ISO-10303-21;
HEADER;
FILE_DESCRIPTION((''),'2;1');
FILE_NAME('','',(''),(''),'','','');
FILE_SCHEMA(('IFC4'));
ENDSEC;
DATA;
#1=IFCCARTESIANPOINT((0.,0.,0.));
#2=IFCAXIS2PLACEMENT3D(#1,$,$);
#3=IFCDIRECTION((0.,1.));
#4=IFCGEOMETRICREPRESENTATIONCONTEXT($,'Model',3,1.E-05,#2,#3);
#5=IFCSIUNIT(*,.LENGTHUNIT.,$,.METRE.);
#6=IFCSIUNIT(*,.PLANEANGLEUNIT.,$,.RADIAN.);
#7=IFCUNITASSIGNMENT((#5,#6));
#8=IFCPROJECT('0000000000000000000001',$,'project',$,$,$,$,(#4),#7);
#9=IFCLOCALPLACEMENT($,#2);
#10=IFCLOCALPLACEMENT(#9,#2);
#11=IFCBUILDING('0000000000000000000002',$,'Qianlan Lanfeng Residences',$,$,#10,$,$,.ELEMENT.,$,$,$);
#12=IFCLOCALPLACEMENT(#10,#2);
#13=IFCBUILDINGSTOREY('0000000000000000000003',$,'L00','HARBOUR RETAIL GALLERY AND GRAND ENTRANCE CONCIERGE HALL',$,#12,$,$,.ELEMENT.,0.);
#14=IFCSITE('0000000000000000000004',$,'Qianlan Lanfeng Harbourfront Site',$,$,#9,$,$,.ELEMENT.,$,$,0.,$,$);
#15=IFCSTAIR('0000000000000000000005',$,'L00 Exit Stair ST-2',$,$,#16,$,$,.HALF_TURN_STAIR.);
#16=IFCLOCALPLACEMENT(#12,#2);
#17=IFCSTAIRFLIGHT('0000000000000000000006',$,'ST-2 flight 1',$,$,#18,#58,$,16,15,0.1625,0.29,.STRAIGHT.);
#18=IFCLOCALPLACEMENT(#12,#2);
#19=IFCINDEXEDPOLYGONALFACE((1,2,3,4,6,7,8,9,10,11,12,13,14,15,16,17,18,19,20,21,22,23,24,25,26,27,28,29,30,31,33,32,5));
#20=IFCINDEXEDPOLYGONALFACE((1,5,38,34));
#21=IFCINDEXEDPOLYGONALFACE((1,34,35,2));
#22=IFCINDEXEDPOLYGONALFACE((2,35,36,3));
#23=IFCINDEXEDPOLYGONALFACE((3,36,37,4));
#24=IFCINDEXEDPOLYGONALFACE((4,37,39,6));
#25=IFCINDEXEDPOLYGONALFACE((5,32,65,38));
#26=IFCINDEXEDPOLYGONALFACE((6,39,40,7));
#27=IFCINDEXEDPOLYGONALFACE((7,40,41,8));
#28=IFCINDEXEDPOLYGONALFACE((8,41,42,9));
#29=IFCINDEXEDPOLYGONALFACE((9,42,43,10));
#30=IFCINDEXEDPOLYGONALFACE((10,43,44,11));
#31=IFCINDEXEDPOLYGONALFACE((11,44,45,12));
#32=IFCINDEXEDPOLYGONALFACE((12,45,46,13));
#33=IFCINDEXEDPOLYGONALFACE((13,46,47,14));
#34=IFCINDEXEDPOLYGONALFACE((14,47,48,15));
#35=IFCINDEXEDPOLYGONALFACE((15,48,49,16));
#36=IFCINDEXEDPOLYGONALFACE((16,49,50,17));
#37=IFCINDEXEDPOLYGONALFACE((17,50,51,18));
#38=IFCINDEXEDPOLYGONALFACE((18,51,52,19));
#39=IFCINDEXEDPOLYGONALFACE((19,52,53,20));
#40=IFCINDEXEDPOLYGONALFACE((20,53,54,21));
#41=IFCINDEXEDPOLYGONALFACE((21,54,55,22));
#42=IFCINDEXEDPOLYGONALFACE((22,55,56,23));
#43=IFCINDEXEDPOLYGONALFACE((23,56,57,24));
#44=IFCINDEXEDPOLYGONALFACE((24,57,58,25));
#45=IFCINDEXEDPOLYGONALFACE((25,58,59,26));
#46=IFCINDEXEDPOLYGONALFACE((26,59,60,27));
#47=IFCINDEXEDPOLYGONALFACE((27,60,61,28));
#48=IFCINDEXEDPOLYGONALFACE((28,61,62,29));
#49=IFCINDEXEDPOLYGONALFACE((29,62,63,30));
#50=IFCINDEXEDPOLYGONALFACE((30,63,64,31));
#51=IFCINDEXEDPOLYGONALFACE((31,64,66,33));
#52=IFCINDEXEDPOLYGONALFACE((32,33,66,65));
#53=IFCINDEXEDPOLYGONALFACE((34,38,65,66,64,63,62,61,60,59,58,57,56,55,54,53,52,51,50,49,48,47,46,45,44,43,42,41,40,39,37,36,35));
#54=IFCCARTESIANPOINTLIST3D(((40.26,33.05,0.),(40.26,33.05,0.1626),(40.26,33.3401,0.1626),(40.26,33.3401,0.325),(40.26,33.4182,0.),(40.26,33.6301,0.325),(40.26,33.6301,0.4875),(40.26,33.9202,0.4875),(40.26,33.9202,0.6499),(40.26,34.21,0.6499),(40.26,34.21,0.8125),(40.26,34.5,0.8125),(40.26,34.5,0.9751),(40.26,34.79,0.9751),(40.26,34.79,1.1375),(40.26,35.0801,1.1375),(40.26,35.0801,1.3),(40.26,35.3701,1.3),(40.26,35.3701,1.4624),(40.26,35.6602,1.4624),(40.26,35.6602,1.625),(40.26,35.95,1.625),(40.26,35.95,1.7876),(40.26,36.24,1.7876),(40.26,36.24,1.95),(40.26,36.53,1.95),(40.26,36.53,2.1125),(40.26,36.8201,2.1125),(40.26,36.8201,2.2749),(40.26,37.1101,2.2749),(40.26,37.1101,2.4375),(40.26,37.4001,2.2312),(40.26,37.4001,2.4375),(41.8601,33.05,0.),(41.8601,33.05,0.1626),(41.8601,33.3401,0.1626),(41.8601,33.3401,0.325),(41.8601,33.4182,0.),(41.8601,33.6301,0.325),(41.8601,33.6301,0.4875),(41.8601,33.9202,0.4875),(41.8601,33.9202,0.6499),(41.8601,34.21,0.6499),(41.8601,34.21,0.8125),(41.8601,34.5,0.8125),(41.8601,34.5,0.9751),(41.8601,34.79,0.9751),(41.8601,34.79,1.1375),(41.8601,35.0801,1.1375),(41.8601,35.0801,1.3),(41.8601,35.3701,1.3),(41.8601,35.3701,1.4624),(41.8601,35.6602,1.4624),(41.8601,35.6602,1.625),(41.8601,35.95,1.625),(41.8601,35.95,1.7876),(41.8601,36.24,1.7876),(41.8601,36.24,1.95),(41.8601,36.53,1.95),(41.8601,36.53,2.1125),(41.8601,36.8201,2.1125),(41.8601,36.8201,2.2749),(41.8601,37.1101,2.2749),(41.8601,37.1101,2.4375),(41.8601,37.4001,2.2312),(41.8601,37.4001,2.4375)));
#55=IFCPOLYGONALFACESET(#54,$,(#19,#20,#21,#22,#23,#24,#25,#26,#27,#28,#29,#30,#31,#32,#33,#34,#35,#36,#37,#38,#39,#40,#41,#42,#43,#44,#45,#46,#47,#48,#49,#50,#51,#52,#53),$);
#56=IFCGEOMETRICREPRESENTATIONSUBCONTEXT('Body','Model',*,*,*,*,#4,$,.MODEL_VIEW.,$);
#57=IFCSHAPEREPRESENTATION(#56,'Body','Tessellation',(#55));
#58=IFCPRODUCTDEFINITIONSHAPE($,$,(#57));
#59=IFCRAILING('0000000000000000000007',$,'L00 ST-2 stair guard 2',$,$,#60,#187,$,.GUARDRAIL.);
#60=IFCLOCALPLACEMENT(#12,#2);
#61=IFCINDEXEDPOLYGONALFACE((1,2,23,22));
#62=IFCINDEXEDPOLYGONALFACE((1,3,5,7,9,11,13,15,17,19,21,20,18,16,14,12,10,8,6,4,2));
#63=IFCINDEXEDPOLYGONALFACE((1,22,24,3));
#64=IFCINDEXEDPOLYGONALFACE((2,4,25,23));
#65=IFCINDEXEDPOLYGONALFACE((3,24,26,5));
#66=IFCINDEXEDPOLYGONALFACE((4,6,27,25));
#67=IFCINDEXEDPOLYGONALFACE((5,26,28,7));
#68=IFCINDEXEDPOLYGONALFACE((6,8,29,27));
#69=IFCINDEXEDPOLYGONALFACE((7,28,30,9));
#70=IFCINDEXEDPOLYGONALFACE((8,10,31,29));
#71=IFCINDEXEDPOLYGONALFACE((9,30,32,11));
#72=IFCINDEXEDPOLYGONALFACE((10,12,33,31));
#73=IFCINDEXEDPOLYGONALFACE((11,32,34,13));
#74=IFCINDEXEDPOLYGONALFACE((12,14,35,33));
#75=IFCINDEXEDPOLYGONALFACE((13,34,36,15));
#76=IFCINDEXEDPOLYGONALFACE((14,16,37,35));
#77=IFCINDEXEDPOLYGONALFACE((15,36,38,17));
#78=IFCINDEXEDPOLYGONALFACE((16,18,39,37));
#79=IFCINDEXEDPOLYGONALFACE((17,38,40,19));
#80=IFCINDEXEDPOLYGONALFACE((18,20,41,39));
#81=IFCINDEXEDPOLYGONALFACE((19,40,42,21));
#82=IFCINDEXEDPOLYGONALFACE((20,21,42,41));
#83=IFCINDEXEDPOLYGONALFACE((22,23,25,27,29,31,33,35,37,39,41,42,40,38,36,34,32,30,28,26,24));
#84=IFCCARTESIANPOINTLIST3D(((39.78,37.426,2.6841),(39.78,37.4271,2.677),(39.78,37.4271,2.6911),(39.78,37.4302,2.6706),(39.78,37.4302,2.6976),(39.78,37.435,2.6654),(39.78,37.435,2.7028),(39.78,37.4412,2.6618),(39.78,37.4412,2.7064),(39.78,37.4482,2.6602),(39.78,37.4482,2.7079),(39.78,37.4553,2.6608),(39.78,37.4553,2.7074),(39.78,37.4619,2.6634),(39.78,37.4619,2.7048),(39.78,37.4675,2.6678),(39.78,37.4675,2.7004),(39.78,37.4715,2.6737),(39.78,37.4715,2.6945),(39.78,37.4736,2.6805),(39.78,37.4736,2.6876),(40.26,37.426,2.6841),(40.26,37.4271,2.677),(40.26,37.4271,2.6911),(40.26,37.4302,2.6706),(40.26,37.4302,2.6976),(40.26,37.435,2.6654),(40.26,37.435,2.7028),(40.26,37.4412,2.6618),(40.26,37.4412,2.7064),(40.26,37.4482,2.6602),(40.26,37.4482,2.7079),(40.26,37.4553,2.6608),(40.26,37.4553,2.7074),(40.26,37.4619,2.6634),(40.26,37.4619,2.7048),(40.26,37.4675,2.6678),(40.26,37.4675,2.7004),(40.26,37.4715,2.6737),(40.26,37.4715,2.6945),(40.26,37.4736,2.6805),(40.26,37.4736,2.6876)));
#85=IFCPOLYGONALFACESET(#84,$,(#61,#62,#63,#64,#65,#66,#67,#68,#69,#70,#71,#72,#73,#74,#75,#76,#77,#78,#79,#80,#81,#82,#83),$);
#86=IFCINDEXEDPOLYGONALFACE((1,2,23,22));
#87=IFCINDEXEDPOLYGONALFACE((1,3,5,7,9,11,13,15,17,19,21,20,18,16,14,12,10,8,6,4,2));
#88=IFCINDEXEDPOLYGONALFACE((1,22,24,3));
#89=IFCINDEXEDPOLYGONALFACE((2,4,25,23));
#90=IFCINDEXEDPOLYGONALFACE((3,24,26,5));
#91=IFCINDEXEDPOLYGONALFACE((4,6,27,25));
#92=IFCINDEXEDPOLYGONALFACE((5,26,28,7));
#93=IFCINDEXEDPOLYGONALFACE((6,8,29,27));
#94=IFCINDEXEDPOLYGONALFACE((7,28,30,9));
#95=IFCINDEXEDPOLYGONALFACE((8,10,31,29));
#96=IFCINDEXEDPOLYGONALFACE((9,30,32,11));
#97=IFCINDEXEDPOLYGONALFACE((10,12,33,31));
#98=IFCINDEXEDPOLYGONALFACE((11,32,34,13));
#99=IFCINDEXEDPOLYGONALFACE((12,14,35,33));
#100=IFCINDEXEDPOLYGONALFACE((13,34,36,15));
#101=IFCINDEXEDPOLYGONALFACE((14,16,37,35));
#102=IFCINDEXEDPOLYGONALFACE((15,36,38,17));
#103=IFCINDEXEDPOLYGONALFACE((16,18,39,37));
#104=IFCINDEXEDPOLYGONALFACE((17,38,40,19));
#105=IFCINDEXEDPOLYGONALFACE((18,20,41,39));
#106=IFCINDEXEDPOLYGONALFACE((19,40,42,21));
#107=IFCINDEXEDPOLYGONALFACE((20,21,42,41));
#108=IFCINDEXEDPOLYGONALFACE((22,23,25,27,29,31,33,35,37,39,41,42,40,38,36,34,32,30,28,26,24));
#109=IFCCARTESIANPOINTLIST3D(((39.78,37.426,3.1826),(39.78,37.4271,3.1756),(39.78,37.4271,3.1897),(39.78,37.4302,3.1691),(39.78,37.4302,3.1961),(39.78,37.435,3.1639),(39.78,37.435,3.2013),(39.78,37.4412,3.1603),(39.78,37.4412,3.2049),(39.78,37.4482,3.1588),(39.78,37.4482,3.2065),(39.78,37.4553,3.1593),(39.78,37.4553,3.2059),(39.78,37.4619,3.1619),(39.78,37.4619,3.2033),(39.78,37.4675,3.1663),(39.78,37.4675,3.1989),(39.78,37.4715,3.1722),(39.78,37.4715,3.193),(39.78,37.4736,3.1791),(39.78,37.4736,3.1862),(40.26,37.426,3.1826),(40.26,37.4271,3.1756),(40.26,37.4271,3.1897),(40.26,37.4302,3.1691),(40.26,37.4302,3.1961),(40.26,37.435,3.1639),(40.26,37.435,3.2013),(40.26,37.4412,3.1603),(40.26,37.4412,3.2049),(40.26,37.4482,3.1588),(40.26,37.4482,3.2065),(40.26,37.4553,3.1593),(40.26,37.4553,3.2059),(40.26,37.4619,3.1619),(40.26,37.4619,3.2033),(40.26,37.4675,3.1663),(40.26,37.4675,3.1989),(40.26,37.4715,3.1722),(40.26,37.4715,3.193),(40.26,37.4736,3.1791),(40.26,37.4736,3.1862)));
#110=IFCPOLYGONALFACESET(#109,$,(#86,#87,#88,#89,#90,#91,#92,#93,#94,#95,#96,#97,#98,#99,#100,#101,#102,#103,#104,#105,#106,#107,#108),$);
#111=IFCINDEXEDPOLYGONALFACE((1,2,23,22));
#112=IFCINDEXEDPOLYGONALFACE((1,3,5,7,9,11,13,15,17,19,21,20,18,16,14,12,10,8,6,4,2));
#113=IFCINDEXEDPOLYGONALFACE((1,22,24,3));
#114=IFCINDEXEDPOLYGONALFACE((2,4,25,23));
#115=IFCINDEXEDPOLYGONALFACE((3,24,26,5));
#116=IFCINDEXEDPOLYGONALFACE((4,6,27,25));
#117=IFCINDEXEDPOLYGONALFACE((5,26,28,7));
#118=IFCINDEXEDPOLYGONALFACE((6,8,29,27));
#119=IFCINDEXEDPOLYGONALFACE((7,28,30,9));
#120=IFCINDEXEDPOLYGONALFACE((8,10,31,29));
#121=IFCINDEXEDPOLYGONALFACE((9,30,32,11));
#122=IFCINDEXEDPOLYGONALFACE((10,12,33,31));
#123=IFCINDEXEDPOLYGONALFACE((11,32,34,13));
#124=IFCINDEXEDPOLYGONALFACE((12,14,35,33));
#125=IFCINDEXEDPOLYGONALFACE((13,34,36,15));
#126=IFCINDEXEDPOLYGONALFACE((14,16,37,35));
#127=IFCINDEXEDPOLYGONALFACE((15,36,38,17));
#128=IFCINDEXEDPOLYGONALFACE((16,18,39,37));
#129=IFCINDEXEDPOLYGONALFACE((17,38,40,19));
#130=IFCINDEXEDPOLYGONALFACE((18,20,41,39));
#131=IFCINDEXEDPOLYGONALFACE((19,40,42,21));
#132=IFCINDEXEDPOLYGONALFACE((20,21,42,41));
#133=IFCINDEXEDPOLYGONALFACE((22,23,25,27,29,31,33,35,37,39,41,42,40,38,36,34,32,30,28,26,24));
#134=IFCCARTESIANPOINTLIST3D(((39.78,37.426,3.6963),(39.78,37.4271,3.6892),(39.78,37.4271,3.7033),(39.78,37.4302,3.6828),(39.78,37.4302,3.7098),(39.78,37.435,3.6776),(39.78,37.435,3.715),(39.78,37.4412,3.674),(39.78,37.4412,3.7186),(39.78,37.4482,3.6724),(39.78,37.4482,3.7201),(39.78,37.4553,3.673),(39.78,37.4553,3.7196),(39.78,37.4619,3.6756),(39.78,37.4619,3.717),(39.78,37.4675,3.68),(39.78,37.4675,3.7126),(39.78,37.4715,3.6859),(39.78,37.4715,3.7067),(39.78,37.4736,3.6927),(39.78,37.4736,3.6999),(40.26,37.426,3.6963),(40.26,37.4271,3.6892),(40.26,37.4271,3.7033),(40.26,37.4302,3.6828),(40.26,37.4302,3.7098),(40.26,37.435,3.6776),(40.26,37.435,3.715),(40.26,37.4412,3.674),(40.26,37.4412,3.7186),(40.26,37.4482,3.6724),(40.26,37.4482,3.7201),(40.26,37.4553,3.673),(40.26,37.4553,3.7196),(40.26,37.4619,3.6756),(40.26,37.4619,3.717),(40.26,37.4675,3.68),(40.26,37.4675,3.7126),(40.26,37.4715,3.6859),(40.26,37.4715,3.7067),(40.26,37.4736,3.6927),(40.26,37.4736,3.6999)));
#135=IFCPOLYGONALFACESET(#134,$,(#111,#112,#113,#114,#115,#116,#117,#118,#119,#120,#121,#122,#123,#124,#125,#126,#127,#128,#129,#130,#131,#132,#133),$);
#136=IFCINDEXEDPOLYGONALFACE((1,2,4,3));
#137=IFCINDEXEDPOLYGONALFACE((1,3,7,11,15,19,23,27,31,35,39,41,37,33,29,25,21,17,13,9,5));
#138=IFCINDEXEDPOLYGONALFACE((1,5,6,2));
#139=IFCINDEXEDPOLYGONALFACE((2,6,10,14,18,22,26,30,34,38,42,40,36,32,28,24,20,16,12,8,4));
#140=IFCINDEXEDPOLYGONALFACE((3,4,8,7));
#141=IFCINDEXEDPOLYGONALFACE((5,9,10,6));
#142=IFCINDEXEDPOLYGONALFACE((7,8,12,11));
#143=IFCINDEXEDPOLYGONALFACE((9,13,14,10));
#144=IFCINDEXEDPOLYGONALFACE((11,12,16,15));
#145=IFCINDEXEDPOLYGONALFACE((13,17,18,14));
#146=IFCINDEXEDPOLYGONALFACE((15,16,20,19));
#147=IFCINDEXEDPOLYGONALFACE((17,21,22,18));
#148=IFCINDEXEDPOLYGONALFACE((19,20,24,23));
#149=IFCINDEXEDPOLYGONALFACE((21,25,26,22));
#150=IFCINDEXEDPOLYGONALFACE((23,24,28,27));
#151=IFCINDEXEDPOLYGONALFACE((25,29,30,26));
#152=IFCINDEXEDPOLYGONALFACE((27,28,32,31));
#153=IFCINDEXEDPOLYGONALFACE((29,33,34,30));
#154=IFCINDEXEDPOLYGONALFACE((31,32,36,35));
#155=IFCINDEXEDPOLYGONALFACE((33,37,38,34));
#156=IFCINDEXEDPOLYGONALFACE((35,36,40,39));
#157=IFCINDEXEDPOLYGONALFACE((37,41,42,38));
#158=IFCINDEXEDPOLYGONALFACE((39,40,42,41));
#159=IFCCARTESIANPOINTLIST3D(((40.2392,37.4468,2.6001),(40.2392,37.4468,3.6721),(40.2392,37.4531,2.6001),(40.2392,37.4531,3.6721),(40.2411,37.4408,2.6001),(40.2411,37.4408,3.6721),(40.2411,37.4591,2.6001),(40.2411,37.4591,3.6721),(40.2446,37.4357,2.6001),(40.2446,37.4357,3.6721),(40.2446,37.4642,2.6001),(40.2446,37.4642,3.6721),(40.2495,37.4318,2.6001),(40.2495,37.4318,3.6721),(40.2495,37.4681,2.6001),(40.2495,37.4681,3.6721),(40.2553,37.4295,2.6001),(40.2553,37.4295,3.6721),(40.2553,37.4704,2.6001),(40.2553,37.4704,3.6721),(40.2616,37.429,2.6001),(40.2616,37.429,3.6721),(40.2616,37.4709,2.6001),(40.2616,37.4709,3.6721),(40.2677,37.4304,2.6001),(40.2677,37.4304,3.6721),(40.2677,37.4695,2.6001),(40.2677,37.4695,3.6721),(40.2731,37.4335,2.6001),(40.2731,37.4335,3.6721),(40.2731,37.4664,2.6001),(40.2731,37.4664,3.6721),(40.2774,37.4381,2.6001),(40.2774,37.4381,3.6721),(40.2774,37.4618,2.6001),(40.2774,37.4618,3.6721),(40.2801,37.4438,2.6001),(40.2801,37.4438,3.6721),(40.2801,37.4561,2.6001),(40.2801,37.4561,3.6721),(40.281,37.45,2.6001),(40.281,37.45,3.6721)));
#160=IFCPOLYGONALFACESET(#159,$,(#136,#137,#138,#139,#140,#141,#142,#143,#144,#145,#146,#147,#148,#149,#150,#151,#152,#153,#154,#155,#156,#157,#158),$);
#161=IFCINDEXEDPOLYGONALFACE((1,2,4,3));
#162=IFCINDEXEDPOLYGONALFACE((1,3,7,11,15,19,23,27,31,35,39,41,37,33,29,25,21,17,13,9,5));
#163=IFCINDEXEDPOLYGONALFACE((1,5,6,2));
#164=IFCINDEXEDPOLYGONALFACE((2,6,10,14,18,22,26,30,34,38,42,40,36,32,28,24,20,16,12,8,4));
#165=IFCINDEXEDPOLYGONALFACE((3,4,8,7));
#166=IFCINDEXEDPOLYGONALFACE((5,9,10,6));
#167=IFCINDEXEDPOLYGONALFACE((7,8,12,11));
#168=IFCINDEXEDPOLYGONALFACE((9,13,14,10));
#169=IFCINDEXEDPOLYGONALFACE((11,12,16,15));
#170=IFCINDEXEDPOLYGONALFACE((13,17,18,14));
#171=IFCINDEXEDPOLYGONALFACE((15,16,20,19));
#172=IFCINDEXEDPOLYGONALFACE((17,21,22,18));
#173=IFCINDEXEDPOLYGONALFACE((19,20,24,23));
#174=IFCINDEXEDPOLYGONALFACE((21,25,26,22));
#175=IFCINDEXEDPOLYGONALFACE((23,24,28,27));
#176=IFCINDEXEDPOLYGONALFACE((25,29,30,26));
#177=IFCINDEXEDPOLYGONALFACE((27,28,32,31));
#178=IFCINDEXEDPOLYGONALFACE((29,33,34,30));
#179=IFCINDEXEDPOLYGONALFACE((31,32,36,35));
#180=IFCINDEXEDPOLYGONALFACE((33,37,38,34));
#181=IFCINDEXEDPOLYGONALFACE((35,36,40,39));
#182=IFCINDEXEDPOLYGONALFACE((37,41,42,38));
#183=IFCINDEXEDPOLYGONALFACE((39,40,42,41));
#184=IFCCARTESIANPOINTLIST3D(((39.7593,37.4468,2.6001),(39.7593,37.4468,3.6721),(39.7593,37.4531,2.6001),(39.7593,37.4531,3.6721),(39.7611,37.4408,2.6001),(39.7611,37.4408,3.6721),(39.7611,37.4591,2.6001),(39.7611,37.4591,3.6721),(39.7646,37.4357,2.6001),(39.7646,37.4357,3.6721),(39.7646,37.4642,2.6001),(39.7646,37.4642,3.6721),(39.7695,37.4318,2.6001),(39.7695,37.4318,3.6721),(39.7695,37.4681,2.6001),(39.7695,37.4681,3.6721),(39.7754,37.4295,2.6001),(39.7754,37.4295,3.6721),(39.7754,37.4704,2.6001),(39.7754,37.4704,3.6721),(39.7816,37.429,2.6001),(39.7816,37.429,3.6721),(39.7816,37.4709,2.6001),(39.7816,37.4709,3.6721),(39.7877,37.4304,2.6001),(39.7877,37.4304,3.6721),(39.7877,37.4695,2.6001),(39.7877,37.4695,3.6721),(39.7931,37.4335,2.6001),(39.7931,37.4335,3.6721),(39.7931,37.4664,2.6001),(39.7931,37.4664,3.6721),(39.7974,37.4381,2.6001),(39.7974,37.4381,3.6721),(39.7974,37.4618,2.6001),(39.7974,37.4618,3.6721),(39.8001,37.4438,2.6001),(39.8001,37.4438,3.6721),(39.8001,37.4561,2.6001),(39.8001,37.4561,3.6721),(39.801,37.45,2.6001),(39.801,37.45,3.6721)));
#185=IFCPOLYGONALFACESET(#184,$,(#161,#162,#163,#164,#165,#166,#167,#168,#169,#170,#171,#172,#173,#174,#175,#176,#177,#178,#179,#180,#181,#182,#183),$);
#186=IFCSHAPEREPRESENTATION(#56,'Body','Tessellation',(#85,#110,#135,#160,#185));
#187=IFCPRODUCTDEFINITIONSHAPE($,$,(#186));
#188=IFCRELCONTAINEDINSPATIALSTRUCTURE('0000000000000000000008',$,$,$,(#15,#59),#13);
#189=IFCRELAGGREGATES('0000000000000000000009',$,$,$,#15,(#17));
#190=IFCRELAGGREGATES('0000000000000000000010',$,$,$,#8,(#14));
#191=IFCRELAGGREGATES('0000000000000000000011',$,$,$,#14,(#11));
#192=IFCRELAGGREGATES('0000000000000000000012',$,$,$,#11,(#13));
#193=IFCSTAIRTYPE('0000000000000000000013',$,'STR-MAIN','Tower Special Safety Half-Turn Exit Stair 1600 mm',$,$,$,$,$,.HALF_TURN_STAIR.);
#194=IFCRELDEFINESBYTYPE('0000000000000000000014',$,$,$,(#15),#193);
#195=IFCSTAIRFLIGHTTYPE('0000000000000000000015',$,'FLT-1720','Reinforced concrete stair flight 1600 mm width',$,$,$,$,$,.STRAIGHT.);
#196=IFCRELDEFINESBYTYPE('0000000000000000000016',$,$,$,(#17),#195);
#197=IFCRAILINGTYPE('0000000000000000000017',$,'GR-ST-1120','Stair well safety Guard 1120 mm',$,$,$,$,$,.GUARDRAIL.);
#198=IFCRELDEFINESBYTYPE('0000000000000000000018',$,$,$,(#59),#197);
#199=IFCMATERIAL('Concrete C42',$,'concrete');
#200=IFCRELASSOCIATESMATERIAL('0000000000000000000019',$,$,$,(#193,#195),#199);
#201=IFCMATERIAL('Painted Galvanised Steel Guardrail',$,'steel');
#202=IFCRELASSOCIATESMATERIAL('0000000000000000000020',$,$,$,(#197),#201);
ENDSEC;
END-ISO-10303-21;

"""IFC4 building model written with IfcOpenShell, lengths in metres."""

from ifc_helpers import new_model, si_unit, direction, frame, origin, origin_2d, place, context, subcontext, project, spatial, polyline, circle, outline, extrude, material, type_object, element, aggregate, save


model = new_model("IFC4")

# Units and contexts
model_context = context("Model", 3, precision=1e-05, world=origin(), true_north=direction((0.0, 1.0)))
body_context = subcontext(model_context, "Body", "Model", "MODEL_VIEW")
ifc_project = project(units=[si_unit("LENGTHUNIT", "METRE"), si_unit("PLANEANGLEUNIT", "RADIAN")], contexts=[model_context])

# Site, building, storey
site_placement = place(None, origin())
site = spatial("IfcSite", under=ifc_project, at=site_placement, Name="Qianlan Lanfeng Harbourfront Site", CompositionType="ELEMENT", RefElevation=0.0)
building_placement = place(site_placement, origin())
building = spatial("IfcBuilding", under=site, at=building_placement, Name="Qianlan Lanfeng Residences", CompositionType="ELEMENT")
storey_placement = place(building_placement, origin())
storey = spatial("IfcBuildingStorey", under=building, at=storey_placement, Name="L00", Description="HARBOUR RETAIL GALLERY AND GRAND ENTRANCE CONCIERGE HALL", CompositionType="ELEMENT", Elevation=0.0)

# Stair, stair flight
ifc_material_1 = material(Name="Concrete C42", Category="concrete")
stair_type = type_object("IfcStairType", Name="STR-MAIN", Description="Tower Special Safety Half-Turn Exit Stair 1600 mm", PredefinedType="HALF_TURN_STAIR", material=ifc_material_1)
stair_placement = place(storey_placement, origin())
stair = element("IfcStair", 1, at=stair_placement, inside=storey, type_object=stair_type, Name="L00 Exit Stair ST-2", PredefinedType="HALF_TURN_STAIR")
stair_flight_type = type_object("IfcStairFlightType", Name="FLT-1720", Description="Reinforced concrete stair flight 1600 mm width", PredefinedType="STRAIGHT", material=ifc_material_1)
stair_flight_placement = place(storey_placement, frame((41.0601, 33.05, 0.0), z_axis=(0.0, 0.0, 1.0), x_axis=(0.0, 1.0, 0.0)))
stair_flight = element("IfcStairFlight", 2, at=stair_flight_placement, type_object=stair_flight_type, Name="ST-2 flight 1", NumberOfRisers=16, NumberOfTreads=15, PredefinedType="STRAIGHT", RiserHeight=0.1625, TreadLength=0.29, context=body_context, shape_type="SweptSolid", body=[
    extrude(outline(polyline([(0.0, 0.0), (0.0, 0.1626), (0.29, 0.1626), (0.29, 0.325), (0.5801, 0.325), (0.5801, 0.4875), (0.8701, 0.4875), (0.8701, 0.6499), (1.1599, 0.6499), (1.1599, 0.8125), (1.45, 0.8125), (1.45, 0.9751), (1.74, 0.9751), (1.74, 1.1375), (2.03, 1.1375), (2.03, 1.3), (2.3201, 1.3), (2.3201, 1.4624), (2.6101, 1.4624), (2.6101, 1.625), (2.8999, 1.625), (2.8999, 1.7876), (3.1899, 1.7876), (3.1899, 1.95), (3.48, 1.95), (3.48, 2.1125), (3.77, 2.1125), (3.77, 2.2749), (4.0601, 2.2749), (4.0601, 2.4375), (4.3501, 2.4375), (4.3501, 2.6001), (4.3501, 2.2312), (0.3682, 0.0), (0.0, 0.0)])), frame((0.0, 0.8, 0.0), z_axis=(0.0, -1.0, 0.0), x_axis=(1.0, 0.0, 0.0)), (0.0, 0.0, 1.0), 1.6001),
])
aggregate(stair, [stair_flight])

# Railing
ifc_material_2 = material(Name="Painted Galvanised Steel Guardrail", Category="steel")
railing_type_1 = type_object("IfcRailingType", Name="GR-ST-1120", Description="Stair well safety Guard 1120 mm", PredefinedType="GUARDRAIL", material=ifc_material_2)
for number, where, name in (
    (3, (40.26, 37.45, 2.6001), "L00 ST-2 stair guard 2"),
):
    element("IfcRailing", number, at=place(storey_placement, frame(where)), inside=storey, type_object=railing_type_1, Name=name, PredefinedType="GUARDRAIL", context=body_context, shape_type="SweptSolid", body=[
        extrude(circle(Radius=0.0239, at=origin_2d()), frame((0.0, 0.0, 0.084), z_axis=(-1.0, 0.0, 0.0), x_axis=(0.0, -1.0, 0.0)), (0.0, 0.0, 1.0), 0.48),
        extrude(circle(Radius=0.0239, at=origin_2d()), frame((0.0, 0.0, 0.5825), z_axis=(-1.0, 0.0, 0.0), x_axis=(0.0, -1.0, 0.0)), (0.0, 0.0, 1.0), 0.48),
        extrude(circle(Radius=0.0239, at=origin_2d()), frame((0.0, 0.0, 1.0962), z_axis=(-1.0, 0.0, 0.0), x_axis=(0.0, -1.0, 0.0)), (0.0, 0.0, 1.0), 0.48),
        extrude(circle(Radius=0.021, at=origin_2d()), origin(), (0.0, 0.0, 1.0), 1.072),
        extrude(circle(Radius=0.021, at=origin_2d()), frame((-0.48, 0.0, 0.0)), (0.0, 0.0, 1.0), 1.072),
    ])

save(model, "model.ifc")
